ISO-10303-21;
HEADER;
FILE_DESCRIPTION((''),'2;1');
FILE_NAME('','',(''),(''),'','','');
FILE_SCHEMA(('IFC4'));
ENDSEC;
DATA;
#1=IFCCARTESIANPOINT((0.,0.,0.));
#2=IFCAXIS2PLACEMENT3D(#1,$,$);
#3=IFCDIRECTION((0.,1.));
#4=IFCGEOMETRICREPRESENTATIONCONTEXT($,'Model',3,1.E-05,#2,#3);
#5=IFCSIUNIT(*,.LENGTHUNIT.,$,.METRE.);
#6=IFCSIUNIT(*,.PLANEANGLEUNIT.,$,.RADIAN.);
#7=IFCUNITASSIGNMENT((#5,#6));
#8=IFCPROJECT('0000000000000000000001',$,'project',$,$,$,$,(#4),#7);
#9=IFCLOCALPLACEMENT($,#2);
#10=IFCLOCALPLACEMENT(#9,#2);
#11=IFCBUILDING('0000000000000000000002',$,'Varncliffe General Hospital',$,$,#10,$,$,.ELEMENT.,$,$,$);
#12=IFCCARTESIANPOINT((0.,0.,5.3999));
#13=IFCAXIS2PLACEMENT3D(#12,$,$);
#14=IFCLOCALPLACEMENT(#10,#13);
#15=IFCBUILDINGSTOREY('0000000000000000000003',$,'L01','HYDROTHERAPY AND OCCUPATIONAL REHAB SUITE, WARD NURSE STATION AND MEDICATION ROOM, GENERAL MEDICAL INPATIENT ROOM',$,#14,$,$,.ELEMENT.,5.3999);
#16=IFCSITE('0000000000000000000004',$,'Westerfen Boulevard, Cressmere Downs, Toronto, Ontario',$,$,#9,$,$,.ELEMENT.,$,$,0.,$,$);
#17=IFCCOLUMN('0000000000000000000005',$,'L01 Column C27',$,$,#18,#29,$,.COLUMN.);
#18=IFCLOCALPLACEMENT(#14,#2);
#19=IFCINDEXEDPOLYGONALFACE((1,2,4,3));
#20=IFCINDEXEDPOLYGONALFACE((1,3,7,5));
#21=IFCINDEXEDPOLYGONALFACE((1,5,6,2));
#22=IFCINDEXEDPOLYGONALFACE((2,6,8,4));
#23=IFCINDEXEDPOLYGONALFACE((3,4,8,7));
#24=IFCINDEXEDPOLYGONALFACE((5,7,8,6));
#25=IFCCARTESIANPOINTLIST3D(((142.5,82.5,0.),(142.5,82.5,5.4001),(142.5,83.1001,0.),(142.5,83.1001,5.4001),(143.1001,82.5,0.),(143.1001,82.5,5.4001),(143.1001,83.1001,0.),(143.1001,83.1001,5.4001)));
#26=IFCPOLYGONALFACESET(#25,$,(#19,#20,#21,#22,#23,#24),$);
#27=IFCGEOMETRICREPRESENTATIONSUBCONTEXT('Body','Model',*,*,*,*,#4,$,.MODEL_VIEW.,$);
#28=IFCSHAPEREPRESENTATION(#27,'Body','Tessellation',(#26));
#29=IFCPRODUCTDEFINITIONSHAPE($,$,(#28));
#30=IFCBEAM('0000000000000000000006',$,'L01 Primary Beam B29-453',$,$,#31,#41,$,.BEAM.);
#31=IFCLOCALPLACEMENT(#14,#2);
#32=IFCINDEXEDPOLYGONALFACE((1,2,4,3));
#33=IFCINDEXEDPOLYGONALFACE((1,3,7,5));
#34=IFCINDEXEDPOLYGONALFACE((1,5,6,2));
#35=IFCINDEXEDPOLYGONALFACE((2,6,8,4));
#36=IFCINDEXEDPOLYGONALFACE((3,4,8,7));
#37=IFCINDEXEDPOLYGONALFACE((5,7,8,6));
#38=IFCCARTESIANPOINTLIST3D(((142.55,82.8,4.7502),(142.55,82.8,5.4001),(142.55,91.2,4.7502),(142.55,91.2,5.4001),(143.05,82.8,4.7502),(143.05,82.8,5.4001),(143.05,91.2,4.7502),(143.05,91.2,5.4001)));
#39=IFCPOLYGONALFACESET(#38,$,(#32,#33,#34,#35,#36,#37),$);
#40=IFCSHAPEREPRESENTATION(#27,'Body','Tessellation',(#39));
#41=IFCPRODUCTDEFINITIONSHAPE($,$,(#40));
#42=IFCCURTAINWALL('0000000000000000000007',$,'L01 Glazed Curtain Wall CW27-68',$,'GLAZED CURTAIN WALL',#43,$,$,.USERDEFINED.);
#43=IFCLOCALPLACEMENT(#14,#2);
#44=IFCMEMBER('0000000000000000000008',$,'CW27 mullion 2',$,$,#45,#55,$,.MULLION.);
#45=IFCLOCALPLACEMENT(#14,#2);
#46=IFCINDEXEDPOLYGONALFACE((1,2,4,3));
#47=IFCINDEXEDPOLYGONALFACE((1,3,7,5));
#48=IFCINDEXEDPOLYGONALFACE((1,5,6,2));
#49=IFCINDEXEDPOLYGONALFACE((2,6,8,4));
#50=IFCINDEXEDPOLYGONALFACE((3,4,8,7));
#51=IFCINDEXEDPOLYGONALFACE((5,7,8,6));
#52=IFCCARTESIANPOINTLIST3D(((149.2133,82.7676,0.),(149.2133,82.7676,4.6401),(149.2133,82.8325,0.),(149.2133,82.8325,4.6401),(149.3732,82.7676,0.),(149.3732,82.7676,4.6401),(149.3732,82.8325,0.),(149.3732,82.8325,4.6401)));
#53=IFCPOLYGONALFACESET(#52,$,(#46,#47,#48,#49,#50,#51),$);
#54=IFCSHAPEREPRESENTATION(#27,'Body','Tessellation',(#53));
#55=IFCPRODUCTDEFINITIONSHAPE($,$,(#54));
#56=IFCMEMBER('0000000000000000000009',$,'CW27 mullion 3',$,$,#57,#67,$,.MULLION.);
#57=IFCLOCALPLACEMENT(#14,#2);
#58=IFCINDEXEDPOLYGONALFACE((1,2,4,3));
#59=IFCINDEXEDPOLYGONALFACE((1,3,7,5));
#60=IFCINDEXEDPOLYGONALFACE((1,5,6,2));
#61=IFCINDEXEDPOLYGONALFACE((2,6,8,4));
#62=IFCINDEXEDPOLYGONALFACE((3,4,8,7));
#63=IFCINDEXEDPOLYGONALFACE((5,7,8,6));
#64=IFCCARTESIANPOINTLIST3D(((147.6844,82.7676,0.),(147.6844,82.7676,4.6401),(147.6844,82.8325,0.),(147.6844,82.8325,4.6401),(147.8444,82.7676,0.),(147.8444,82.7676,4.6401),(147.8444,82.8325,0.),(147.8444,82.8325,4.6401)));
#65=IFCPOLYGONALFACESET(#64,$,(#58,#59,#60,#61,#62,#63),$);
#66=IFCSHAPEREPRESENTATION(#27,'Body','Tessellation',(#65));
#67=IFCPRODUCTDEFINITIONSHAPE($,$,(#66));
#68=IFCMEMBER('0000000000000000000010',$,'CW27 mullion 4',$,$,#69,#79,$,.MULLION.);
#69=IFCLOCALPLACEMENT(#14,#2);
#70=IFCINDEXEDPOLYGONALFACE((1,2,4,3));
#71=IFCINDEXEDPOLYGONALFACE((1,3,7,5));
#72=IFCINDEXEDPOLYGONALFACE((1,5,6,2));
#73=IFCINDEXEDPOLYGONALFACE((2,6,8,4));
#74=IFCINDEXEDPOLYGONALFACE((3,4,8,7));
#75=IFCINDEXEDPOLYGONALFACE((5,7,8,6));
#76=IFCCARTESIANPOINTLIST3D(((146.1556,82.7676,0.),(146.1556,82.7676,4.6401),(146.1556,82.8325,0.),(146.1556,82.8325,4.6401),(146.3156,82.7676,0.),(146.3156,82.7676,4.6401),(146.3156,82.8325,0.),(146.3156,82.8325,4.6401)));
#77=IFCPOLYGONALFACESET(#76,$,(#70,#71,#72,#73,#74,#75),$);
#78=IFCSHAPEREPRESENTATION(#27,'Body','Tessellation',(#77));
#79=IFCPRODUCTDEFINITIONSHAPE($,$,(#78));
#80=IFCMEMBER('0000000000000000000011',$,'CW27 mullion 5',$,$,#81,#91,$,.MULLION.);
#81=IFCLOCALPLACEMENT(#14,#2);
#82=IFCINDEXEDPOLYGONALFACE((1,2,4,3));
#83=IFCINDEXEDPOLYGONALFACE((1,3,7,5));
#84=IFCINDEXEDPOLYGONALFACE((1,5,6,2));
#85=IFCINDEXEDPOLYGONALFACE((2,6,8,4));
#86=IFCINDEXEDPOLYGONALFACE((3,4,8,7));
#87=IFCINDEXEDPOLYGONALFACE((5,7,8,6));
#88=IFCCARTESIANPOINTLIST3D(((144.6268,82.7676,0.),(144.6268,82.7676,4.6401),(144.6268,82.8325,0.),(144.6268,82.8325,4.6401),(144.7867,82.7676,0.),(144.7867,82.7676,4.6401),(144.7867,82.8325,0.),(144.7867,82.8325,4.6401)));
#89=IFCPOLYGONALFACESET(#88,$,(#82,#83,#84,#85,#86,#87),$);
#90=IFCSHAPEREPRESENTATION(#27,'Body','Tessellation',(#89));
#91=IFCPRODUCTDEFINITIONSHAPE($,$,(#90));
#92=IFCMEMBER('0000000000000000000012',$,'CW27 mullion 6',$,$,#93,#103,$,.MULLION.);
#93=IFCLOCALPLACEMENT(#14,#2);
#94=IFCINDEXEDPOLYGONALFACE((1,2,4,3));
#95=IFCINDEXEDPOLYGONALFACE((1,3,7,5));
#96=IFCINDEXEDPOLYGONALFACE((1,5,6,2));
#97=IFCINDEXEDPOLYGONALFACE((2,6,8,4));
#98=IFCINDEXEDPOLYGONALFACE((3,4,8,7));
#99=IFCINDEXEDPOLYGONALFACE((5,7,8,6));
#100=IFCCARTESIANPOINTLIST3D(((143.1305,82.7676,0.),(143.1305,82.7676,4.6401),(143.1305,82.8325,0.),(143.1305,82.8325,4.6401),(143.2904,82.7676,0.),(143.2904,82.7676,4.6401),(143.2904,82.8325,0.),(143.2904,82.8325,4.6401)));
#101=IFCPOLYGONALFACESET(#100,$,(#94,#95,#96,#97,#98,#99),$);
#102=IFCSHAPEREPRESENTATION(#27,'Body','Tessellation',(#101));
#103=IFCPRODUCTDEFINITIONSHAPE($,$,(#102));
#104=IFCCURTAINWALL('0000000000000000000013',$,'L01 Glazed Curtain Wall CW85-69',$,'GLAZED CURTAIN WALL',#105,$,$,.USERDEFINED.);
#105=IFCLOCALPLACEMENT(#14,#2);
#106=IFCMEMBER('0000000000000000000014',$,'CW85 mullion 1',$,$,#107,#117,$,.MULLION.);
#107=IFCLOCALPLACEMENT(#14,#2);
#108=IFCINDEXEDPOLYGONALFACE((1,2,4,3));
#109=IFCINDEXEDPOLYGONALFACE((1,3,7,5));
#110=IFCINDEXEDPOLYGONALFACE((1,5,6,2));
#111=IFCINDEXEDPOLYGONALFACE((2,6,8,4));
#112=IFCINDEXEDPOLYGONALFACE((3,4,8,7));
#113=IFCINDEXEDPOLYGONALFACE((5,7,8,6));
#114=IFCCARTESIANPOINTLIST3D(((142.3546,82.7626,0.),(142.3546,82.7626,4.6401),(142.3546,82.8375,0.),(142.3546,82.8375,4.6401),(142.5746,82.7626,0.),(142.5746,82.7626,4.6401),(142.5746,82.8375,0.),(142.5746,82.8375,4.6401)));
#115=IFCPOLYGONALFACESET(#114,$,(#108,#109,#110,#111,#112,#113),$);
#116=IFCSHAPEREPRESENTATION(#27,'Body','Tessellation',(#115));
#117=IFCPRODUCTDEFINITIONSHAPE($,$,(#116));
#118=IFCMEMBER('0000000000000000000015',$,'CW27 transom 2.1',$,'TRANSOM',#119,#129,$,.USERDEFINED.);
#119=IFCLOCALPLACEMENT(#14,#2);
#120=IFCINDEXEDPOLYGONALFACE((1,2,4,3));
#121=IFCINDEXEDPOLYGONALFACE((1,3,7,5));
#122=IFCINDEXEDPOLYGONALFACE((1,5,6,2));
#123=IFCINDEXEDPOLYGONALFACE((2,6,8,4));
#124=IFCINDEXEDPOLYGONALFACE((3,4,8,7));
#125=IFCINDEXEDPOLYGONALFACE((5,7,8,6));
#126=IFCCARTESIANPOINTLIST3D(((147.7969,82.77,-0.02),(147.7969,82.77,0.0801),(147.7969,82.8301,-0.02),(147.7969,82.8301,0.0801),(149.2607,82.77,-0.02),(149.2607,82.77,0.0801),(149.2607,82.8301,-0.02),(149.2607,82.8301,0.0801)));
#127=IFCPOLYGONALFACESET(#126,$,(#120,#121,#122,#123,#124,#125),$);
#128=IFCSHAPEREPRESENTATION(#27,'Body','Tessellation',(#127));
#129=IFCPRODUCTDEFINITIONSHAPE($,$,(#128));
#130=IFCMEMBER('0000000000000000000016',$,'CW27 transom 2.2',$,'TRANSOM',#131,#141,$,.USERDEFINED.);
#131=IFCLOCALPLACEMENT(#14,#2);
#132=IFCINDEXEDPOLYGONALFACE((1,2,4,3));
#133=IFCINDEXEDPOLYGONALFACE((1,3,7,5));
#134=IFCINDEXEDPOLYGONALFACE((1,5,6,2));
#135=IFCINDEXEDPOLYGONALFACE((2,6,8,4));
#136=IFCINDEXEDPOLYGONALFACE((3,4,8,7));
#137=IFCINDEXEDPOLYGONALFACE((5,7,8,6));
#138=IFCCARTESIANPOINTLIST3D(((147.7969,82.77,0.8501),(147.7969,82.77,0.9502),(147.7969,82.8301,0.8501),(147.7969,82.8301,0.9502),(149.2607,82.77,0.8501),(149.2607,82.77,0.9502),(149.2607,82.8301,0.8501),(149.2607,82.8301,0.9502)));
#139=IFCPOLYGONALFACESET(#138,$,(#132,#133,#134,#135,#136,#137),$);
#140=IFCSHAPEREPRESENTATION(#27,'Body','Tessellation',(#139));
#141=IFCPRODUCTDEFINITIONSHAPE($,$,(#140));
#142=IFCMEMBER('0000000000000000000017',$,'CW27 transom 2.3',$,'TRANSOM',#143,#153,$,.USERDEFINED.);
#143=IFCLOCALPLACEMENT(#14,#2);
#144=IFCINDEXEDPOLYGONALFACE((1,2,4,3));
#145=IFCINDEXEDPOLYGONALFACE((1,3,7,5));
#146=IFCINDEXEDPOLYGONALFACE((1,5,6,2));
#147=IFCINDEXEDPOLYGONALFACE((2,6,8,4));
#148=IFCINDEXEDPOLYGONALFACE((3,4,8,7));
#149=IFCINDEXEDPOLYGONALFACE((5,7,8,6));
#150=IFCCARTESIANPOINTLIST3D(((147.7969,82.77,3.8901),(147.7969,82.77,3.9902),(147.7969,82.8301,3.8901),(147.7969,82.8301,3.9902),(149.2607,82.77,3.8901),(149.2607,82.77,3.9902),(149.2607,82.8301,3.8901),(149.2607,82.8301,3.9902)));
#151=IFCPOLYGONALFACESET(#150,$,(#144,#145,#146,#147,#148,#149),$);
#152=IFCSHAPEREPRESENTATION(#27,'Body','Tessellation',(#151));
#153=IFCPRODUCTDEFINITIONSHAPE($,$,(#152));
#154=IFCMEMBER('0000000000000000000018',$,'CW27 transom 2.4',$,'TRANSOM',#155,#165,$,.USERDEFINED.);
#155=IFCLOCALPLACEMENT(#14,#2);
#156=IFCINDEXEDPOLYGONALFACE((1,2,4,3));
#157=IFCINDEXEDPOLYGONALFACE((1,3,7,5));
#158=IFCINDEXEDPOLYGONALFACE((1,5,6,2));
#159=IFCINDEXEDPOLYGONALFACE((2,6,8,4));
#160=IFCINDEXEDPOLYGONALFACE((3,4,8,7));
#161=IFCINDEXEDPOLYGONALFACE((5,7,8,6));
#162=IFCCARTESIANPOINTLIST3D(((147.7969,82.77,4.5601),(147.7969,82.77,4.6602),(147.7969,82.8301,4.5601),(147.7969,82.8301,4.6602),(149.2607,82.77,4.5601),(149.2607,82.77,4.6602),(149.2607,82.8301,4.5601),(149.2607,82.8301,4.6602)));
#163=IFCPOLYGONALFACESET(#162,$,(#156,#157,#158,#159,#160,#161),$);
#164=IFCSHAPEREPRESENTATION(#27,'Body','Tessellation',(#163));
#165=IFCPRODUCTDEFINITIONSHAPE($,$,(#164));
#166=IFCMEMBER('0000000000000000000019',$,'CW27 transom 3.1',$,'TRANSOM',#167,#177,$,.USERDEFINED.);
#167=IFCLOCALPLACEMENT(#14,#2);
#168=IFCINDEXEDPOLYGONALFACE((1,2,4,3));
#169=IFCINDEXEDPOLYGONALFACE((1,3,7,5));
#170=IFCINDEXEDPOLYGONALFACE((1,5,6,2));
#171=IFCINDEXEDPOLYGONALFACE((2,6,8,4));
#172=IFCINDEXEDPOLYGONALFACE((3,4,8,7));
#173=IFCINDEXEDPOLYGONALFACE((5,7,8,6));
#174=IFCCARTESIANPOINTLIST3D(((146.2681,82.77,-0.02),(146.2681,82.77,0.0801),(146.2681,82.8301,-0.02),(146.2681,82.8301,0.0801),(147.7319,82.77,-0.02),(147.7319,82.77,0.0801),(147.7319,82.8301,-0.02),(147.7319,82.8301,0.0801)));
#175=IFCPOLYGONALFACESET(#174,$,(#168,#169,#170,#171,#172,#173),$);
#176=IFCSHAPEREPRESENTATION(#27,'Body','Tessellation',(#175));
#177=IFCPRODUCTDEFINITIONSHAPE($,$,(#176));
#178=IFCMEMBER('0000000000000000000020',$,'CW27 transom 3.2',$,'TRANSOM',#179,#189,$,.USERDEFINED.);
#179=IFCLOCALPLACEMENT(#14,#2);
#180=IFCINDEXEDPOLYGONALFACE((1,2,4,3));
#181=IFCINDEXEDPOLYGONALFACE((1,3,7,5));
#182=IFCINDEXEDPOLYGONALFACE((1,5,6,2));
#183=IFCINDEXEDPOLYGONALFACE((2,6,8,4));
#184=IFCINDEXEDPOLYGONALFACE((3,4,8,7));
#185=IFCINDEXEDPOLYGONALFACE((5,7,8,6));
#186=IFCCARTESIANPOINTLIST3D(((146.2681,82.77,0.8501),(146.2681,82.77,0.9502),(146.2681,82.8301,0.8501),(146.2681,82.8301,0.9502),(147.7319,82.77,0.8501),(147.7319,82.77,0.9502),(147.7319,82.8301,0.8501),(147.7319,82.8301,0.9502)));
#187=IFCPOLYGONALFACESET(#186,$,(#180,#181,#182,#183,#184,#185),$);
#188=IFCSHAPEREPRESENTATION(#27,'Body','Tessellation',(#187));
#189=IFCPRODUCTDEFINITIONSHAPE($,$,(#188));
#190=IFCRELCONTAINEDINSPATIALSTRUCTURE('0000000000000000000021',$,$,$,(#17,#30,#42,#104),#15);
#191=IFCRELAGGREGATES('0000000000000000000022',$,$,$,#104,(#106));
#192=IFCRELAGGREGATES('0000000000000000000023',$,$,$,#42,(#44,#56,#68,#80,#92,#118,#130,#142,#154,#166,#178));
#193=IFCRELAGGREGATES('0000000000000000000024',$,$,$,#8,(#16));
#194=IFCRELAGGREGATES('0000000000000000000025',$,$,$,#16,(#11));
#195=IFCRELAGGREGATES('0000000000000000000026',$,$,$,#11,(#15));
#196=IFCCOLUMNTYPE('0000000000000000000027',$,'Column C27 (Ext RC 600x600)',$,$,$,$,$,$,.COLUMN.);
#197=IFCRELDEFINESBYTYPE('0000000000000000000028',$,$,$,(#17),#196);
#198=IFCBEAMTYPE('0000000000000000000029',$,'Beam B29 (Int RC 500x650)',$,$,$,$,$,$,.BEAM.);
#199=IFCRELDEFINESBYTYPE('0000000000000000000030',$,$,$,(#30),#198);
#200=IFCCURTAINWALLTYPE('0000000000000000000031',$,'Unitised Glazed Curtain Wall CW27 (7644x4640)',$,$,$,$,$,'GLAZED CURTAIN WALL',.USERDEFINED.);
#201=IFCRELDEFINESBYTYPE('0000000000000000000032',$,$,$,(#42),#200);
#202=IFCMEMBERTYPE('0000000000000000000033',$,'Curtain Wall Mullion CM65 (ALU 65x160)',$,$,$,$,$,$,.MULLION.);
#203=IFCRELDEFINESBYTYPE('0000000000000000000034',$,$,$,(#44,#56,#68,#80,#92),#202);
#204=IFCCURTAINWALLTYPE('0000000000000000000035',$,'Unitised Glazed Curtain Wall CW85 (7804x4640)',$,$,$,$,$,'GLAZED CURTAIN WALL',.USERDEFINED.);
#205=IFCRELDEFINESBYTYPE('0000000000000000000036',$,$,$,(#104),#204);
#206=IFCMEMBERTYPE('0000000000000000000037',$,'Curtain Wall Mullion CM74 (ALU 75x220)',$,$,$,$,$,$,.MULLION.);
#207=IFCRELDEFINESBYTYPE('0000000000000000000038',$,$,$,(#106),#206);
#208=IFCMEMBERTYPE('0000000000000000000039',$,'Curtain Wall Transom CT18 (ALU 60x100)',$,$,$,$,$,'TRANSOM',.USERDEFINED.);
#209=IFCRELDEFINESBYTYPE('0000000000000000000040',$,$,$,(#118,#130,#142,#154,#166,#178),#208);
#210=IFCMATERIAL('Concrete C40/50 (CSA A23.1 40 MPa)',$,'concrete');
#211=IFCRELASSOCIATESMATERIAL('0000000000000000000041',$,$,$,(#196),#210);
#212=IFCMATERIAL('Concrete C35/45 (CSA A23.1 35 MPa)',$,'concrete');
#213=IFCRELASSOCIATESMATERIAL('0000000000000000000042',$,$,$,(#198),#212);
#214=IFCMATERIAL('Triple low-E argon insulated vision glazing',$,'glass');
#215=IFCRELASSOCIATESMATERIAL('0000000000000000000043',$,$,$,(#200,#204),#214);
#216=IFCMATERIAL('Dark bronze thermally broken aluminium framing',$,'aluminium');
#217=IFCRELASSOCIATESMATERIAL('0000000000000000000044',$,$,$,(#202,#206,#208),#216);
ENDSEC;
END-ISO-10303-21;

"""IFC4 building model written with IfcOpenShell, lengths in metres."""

from ifc_helpers import new_model, si_unit, direction, frame, origin, origin_2d, place, context, subcontext, project, spatial, rectangle, extrude, material, material_profile, profile_set, type_object, element, aggregate, save


model = new_model("IFC4")

# Units and contexts
model_context = context("Model", 3, precision=1e-05, world=origin(), true_north=direction((0.0, 1.0)))
body_context = subcontext(model_context, "Body", "Model", "MODEL_VIEW")
ifc_project = project(units=[si_unit("LENGTHUNIT", "METRE"), si_unit("PLANEANGLEUNIT", "RADIAN")], contexts=[model_context])

# Site, building, storey
site_placement = place(None, origin())
site = spatial("IfcSite", under=ifc_project, at=site_placement, Name="Westerfen Boulevard, Cressmere Downs, Toronto, Ontario", CompositionType="ELEMENT", RefElevation=0.0)
building_placement = place(site_placement, origin())
building = spatial("IfcBuilding", under=site, at=building_placement, Name="Varncliffe General Hospital", CompositionType="ELEMENT")
storey_placement = place(building_placement, frame((0.0, 0.0, 5.3999)))
storey = spatial("IfcBuildingStorey", under=building, at=storey_placement, Name="L01", Description="HYDROTHERAPY AND OCCUPATIONAL REHAB SUITE, WARD NURSE STATION AND MEDICATION ROOM, GENERAL MEDICAL INPATIENT ROOM", CompositionType="ELEMENT", Elevation=5.3999)

# Column
ifc_material_1 = material(Name="Concrete C40/50 (CSA A23.1 40 MPa)", Category="concrete")
ifc_material_profile_1 = material_profile(ifc_material_1, rectangle(XDim=0.6001, YDim=0.6001, at=origin_2d()), Name="RC 600x600")
ifc_profile_set_1 = profile_set([ifc_material_profile_1], Name="Concrete C40/50 (CSA A23.1 40 MPa)")
column_type = type_object("IfcColumnType", Name="Column C27 (Ext RC 600x600)", PredefinedType="COLUMN", material=ifc_profile_set_1)
column_placement = place(storey_placement, frame((142.8, 82.8, 0.0), z_axis=(0.0, 0.0, 1.0), x_axis=(1.0, 0.0, 0.0)))
element("IfcColumn", 1, at=column_placement, inside=storey, type_object=column_type, Name="L01 Column C27", PredefinedType="COLUMN", context=body_context, shape_type="SweptSolid", body=[
    extrude(rectangle(XDim=0.6001, YDim=0.6001, at=origin_2d()), origin(), (0.0, 0.0, 1.0), 5.4001),
])

# Beam
ifc_material_2 = material(Name="Concrete C35/45 (CSA A23.1 35 MPa)", Category="concrete")
ifc_material_profile_2 = material_profile(ifc_material_2, rectangle(XDim=0.5, YDim=0.6499, at=origin_2d()), Name="RC 500x650")
ifc_profile_set_2 = profile_set([ifc_material_profile_2], Name="Concrete C35/45 (CSA A23.1 35 MPa)")
beam_type_1 = type_object("IfcBeamType", Name="Beam B29 (Int RC 500x650)", PredefinedType="BEAM", material=ifc_profile_set_2)
beam_1_placement = place(storey_placement, frame((142.8, 82.8, 5.0752), z_axis=(0.0, 1.0, 0.0), x_axis=(-1.0, 0.0, 0.0)))
element("IfcBeam", 2, at=beam_1_placement, inside=storey, type_object=beam_type_1, Name="L01 Primary Beam B29-453", PredefinedType="BEAM", context=body_context, shape_type="SweptSolid", body=[
    extrude(rectangle(XDim=0.5, YDim=0.6499, at=origin_2d()), origin(), (0.0, 0.0, 1.0), 8.3999),
])

# Curtain wall, members
ifc_material_3 = material(Name="Triple low-E argon insulated vision glazing", Category="glass")
curtain_wall_type_1 = type_object("IfcCurtainWallType", Name="Unitised Glazed Curtain Wall CW27 (7644x4640)", ElementType="GLAZED CURTAIN WALL", PredefinedType="USERDEFINED", material=ifc_material_3)
curtain_wall_1_placement = place(storey_placement, origin())
curtain_wall_1 = element("IfcCurtainWall", 3, at=curtain_wall_1_placement, inside=storey, type_object=curtain_wall_type_1, Name="L01 Glazed Curtain Wall CW27-68", ObjectType="GLAZED CURTAIN WALL", PredefinedType="USERDEFINED")
ifc_material_4 = material(Name="Dark bronze thermally broken aluminium framing", Category="aluminium")
ifc_material_profile_3 = material_profile(ifc_material_4, rectangle(XDim=0.0649, YDim=0.1599, at=origin_2d()), Name="ALU 65x160")
ifc_profile_set_3 = profile_set([ifc_material_profile_3], Name="Dark bronze thermally broken aluminium framing")
member_type_1 = type_object("IfcMemberType", Name="Curtain Wall Mullion CM65 (ALU 65x160)", PredefinedType="MULLION", material=ifc_profile_set_3)
member_1_placement = place(storey_placement, frame((149.2932, 82.8, 0.0), z_axis=(0.0, 0.0, 1.0), x_axis=(0.0, -1.0, 0.0)))
member_1 = element("IfcMember", 4, at=member_1_placement, type_object=member_type_1, Name="CW27 mullion 2", PredefinedType="MULLION", context=body_context, shape_type="SweptSolid", body=[
    extrude(rectangle(XDim=0.0649, YDim=0.1599, at=origin_2d()), origin(), (0.0, 0.0, 1.0), 4.6401),
])
member_2_placement = place(storey_placement, frame((147.7644, 82.8, 0.0), z_axis=(0.0, 0.0, 1.0), x_axis=(0.0, -1.0, 0.0)))
member_2 = element("IfcMember", 5, at=member_2_placement, type_object=member_type_1, Name="CW27 mullion 3", PredefinedType="MULLION", context=body_context, shape_type="SweptSolid", body=[
    extrude(rectangle(XDim=0.0649, YDim=0.1599, at=origin_2d()), origin(), (0.0, 0.0, 1.0), 4.6401),
])
member_3_placement = place(storey_placement, frame((146.2356, 82.8, 0.0), z_axis=(0.0, 0.0, 1.0), x_axis=(0.0, -1.0, 0.0)))
member_3 = element("IfcMember", 6, at=member_3_placement, type_object=member_type_1, Name="CW27 mullion 4", PredefinedType="MULLION", context=body_context, shape_type="SweptSolid", body=[
    extrude(rectangle(XDim=0.0649, YDim=0.1599, at=origin_2d()), origin(), (0.0, 0.0, 1.0), 4.6401),
])
member_4_placement = place(storey_placement, frame((144.7068, 82.8, 0.0), z_axis=(0.0, 0.0, 1.0), x_axis=(0.0, -1.0, 0.0)))
member_4 = element("IfcMember", 7, at=member_4_placement, type_object=member_type_1, Name="CW27 mullion 5", PredefinedType="MULLION", context=body_context, shape_type="SweptSolid", body=[
    extrude(rectangle(XDim=0.0649, YDim=0.1599, at=origin_2d()), origin(), (0.0, 0.0, 1.0), 4.6401),
])
member_5_placement = place(storey_placement, frame((143.2104, 82.8, 0.0), z_axis=(0.0, 0.0, 1.0), x_axis=(0.0, -1.0, 0.0)))
member_5 = element("IfcMember", 8, at=member_5_placement, type_object=member_type_1, Name="CW27 mullion 6", PredefinedType="MULLION", context=body_context, shape_type="SweptSolid", body=[
    extrude(rectangle(XDim=0.0649, YDim=0.1599, at=origin_2d()), origin(), (0.0, 0.0, 1.0), 4.6401),
])

# Curtain wall, member
curtain_wall_type_2 = type_object("IfcCurtainWallType", Name="Unitised Glazed Curtain Wall CW85 (7804x4640)", ElementType="GLAZED CURTAIN WALL", PredefinedType="USERDEFINED", material=ifc_material_3)
curtain_wall_2_placement = place(storey_placement, origin())
curtain_wall_2 = element("IfcCurtainWall", 9, at=curtain_wall_2_placement, inside=storey, type_object=curtain_wall_type_2, Name="L01 Glazed Curtain Wall CW85-69", ObjectType="GLAZED CURTAIN WALL", PredefinedType="USERDEFINED")
ifc_material_profile_4 = material_profile(ifc_material_4, rectangle(XDim=0.075, YDim=0.22, at=origin_2d()), Name="ALU 75x220")
ifc_profile_set_4 = profile_set([ifc_material_profile_4], Name="Dark bronze thermally broken aluminium framing")
member_type_2 = type_object("IfcMemberType", Name="Curtain Wall Mullion CM74 (ALU 75x220)", PredefinedType="MULLION", material=ifc_profile_set_4)
member_6_placement = place(storey_placement, frame((142.4646, 82.8, 0.0), z_axis=(0.0, 0.0, 1.0), x_axis=(0.0, -1.0, 0.0)))
member_6 = element("IfcMember", 10, at=member_6_placement, type_object=member_type_2, Name="CW85 mullion 1", PredefinedType="MULLION", context=body_context, shape_type="SweptSolid", body=[
    extrude(rectangle(XDim=0.075, YDim=0.22, at=origin_2d()), origin(), (0.0, 0.0, 1.0), 4.6401),
])
aggregate(curtain_wall_2, [member_6])

# Members
ifc_material_profile_5 = material_profile(ifc_material_4, rectangle(XDim=0.0601, YDim=0.1001, at=origin_2d()), Name="ALU 60x100")
ifc_profile_set_5 = profile_set([ifc_material_profile_5], Name="Dark bronze thermally broken aluminium framing")
member_type_3 = type_object("IfcMemberType", Name="Curtain Wall Transom CT18 (ALU 60x100)", ElementType="TRANSOM", PredefinedType="USERDEFINED", material=ifc_profile_set_5)
member_7_placement = place(storey_placement, frame((149.2607, 82.8, 0.03), z_axis=(-1.0, 0.0, 0.0), x_axis=(0.0, -1.0, 0.0)))
member_7 = element("IfcMember", 11, at=member_7_placement, type_object=member_type_3, Name="CW27 transom 2.1", ObjectType="TRANSOM", PredefinedType="USERDEFINED", context=body_context, shape_type="SweptSolid", body=[
    extrude(rectangle(XDim=0.0601, YDim=0.1001, at=origin_2d()), origin(), (0.0, 0.0, 1.0), 1.4639),
])
member_8_placement = place(storey_placement, frame((149.2607, 82.8, 0.9001), z_axis=(-1.0, 0.0, 0.0), x_axis=(0.0, -1.0, 0.0)))
member_8 = element("IfcMember", 12, at=member_8_placement, type_object=member_type_3, Name="CW27 transom 2.2", ObjectType="TRANSOM", PredefinedType="USERDEFINED", context=body_context, shape_type="SweptSolid", body=[
    extrude(rectangle(XDim=0.0601, YDim=0.1001, at=origin_2d()), origin(), (0.0, 0.0, 1.0), 1.4639),
])
member_9_placement = place(storey_placement, frame((149.2607, 82.8, 3.9402), z_axis=(-1.0, 0.0, 0.0), x_axis=(0.0, -1.0, 0.0)))
member_9 = element("IfcMember", 13, at=member_9_placement, type_object=member_type_3, Name="CW27 transom 2.3", ObjectType="TRANSOM", PredefinedType="USERDEFINED", context=body_context, shape_type="SweptSolid", body=[
    extrude(rectangle(XDim=0.0601, YDim=0.1001, at=origin_2d()), origin(), (0.0, 0.0, 1.0), 1.4639),
])
member_10_placement = place(storey_placement, frame((149.2607, 82.8, 4.6101), z_axis=(-1.0, 0.0, 0.0), x_axis=(0.0, -1.0, 0.0)))
member_10 = element("IfcMember", 14, at=member_10_placement, type_object=member_type_3, Name="CW27 transom 2.4", ObjectType="TRANSOM", PredefinedType="USERDEFINED", context=body_context, shape_type="SweptSolid", body=[
    extrude(rectangle(XDim=0.0601, YDim=0.1001, at=origin_2d()), origin(), (0.0, 0.0, 1.0), 1.4639),
])
member_11_placement = place(storey_placement, frame((147.7319, 82.8, 0.03), z_axis=(-1.0, 0.0, 0.0), x_axis=(0.0, -1.0, 0.0)))
member_11 = element("IfcMember", 15, at=member_11_placement, type_object=member_type_3, Name="CW27 transom 3.1", ObjectType="TRANSOM", PredefinedType="USERDEFINED", context=body_context, shape_type="SweptSolid", body=[
    extrude(rectangle(XDim=0.0601, YDim=0.1001, at=origin_2d()), origin(), (0.0, 0.0, 1.0), 1.4639),
])
member_12_placement = place(storey_placement, frame((147.7319, 82.8, 0.9001), z_axis=(-1.0, 0.0, 0.0), x_axis=(0.0, -1.0, 0.0)))
member_12 = element("IfcMember", 16, at=member_12_placement, type_object=member_type_3, Name="CW27 transom 3.2", ObjectType="TRANSOM", PredefinedType="USERDEFINED", context=body_context, shape_type="SweptSolid", body=[
    extrude(rectangle(XDim=0.0601, YDim=0.1001, at=origin_2d()), origin(), (0.0, 0.0, 1.0), 1.4639),
])

aggregate(curtain_wall_1, [member_1, member_2, member_3, member_4, member_5, member_7, member_8, member_9, member_10, member_11, member_12])

save(model, "model.ifc")
